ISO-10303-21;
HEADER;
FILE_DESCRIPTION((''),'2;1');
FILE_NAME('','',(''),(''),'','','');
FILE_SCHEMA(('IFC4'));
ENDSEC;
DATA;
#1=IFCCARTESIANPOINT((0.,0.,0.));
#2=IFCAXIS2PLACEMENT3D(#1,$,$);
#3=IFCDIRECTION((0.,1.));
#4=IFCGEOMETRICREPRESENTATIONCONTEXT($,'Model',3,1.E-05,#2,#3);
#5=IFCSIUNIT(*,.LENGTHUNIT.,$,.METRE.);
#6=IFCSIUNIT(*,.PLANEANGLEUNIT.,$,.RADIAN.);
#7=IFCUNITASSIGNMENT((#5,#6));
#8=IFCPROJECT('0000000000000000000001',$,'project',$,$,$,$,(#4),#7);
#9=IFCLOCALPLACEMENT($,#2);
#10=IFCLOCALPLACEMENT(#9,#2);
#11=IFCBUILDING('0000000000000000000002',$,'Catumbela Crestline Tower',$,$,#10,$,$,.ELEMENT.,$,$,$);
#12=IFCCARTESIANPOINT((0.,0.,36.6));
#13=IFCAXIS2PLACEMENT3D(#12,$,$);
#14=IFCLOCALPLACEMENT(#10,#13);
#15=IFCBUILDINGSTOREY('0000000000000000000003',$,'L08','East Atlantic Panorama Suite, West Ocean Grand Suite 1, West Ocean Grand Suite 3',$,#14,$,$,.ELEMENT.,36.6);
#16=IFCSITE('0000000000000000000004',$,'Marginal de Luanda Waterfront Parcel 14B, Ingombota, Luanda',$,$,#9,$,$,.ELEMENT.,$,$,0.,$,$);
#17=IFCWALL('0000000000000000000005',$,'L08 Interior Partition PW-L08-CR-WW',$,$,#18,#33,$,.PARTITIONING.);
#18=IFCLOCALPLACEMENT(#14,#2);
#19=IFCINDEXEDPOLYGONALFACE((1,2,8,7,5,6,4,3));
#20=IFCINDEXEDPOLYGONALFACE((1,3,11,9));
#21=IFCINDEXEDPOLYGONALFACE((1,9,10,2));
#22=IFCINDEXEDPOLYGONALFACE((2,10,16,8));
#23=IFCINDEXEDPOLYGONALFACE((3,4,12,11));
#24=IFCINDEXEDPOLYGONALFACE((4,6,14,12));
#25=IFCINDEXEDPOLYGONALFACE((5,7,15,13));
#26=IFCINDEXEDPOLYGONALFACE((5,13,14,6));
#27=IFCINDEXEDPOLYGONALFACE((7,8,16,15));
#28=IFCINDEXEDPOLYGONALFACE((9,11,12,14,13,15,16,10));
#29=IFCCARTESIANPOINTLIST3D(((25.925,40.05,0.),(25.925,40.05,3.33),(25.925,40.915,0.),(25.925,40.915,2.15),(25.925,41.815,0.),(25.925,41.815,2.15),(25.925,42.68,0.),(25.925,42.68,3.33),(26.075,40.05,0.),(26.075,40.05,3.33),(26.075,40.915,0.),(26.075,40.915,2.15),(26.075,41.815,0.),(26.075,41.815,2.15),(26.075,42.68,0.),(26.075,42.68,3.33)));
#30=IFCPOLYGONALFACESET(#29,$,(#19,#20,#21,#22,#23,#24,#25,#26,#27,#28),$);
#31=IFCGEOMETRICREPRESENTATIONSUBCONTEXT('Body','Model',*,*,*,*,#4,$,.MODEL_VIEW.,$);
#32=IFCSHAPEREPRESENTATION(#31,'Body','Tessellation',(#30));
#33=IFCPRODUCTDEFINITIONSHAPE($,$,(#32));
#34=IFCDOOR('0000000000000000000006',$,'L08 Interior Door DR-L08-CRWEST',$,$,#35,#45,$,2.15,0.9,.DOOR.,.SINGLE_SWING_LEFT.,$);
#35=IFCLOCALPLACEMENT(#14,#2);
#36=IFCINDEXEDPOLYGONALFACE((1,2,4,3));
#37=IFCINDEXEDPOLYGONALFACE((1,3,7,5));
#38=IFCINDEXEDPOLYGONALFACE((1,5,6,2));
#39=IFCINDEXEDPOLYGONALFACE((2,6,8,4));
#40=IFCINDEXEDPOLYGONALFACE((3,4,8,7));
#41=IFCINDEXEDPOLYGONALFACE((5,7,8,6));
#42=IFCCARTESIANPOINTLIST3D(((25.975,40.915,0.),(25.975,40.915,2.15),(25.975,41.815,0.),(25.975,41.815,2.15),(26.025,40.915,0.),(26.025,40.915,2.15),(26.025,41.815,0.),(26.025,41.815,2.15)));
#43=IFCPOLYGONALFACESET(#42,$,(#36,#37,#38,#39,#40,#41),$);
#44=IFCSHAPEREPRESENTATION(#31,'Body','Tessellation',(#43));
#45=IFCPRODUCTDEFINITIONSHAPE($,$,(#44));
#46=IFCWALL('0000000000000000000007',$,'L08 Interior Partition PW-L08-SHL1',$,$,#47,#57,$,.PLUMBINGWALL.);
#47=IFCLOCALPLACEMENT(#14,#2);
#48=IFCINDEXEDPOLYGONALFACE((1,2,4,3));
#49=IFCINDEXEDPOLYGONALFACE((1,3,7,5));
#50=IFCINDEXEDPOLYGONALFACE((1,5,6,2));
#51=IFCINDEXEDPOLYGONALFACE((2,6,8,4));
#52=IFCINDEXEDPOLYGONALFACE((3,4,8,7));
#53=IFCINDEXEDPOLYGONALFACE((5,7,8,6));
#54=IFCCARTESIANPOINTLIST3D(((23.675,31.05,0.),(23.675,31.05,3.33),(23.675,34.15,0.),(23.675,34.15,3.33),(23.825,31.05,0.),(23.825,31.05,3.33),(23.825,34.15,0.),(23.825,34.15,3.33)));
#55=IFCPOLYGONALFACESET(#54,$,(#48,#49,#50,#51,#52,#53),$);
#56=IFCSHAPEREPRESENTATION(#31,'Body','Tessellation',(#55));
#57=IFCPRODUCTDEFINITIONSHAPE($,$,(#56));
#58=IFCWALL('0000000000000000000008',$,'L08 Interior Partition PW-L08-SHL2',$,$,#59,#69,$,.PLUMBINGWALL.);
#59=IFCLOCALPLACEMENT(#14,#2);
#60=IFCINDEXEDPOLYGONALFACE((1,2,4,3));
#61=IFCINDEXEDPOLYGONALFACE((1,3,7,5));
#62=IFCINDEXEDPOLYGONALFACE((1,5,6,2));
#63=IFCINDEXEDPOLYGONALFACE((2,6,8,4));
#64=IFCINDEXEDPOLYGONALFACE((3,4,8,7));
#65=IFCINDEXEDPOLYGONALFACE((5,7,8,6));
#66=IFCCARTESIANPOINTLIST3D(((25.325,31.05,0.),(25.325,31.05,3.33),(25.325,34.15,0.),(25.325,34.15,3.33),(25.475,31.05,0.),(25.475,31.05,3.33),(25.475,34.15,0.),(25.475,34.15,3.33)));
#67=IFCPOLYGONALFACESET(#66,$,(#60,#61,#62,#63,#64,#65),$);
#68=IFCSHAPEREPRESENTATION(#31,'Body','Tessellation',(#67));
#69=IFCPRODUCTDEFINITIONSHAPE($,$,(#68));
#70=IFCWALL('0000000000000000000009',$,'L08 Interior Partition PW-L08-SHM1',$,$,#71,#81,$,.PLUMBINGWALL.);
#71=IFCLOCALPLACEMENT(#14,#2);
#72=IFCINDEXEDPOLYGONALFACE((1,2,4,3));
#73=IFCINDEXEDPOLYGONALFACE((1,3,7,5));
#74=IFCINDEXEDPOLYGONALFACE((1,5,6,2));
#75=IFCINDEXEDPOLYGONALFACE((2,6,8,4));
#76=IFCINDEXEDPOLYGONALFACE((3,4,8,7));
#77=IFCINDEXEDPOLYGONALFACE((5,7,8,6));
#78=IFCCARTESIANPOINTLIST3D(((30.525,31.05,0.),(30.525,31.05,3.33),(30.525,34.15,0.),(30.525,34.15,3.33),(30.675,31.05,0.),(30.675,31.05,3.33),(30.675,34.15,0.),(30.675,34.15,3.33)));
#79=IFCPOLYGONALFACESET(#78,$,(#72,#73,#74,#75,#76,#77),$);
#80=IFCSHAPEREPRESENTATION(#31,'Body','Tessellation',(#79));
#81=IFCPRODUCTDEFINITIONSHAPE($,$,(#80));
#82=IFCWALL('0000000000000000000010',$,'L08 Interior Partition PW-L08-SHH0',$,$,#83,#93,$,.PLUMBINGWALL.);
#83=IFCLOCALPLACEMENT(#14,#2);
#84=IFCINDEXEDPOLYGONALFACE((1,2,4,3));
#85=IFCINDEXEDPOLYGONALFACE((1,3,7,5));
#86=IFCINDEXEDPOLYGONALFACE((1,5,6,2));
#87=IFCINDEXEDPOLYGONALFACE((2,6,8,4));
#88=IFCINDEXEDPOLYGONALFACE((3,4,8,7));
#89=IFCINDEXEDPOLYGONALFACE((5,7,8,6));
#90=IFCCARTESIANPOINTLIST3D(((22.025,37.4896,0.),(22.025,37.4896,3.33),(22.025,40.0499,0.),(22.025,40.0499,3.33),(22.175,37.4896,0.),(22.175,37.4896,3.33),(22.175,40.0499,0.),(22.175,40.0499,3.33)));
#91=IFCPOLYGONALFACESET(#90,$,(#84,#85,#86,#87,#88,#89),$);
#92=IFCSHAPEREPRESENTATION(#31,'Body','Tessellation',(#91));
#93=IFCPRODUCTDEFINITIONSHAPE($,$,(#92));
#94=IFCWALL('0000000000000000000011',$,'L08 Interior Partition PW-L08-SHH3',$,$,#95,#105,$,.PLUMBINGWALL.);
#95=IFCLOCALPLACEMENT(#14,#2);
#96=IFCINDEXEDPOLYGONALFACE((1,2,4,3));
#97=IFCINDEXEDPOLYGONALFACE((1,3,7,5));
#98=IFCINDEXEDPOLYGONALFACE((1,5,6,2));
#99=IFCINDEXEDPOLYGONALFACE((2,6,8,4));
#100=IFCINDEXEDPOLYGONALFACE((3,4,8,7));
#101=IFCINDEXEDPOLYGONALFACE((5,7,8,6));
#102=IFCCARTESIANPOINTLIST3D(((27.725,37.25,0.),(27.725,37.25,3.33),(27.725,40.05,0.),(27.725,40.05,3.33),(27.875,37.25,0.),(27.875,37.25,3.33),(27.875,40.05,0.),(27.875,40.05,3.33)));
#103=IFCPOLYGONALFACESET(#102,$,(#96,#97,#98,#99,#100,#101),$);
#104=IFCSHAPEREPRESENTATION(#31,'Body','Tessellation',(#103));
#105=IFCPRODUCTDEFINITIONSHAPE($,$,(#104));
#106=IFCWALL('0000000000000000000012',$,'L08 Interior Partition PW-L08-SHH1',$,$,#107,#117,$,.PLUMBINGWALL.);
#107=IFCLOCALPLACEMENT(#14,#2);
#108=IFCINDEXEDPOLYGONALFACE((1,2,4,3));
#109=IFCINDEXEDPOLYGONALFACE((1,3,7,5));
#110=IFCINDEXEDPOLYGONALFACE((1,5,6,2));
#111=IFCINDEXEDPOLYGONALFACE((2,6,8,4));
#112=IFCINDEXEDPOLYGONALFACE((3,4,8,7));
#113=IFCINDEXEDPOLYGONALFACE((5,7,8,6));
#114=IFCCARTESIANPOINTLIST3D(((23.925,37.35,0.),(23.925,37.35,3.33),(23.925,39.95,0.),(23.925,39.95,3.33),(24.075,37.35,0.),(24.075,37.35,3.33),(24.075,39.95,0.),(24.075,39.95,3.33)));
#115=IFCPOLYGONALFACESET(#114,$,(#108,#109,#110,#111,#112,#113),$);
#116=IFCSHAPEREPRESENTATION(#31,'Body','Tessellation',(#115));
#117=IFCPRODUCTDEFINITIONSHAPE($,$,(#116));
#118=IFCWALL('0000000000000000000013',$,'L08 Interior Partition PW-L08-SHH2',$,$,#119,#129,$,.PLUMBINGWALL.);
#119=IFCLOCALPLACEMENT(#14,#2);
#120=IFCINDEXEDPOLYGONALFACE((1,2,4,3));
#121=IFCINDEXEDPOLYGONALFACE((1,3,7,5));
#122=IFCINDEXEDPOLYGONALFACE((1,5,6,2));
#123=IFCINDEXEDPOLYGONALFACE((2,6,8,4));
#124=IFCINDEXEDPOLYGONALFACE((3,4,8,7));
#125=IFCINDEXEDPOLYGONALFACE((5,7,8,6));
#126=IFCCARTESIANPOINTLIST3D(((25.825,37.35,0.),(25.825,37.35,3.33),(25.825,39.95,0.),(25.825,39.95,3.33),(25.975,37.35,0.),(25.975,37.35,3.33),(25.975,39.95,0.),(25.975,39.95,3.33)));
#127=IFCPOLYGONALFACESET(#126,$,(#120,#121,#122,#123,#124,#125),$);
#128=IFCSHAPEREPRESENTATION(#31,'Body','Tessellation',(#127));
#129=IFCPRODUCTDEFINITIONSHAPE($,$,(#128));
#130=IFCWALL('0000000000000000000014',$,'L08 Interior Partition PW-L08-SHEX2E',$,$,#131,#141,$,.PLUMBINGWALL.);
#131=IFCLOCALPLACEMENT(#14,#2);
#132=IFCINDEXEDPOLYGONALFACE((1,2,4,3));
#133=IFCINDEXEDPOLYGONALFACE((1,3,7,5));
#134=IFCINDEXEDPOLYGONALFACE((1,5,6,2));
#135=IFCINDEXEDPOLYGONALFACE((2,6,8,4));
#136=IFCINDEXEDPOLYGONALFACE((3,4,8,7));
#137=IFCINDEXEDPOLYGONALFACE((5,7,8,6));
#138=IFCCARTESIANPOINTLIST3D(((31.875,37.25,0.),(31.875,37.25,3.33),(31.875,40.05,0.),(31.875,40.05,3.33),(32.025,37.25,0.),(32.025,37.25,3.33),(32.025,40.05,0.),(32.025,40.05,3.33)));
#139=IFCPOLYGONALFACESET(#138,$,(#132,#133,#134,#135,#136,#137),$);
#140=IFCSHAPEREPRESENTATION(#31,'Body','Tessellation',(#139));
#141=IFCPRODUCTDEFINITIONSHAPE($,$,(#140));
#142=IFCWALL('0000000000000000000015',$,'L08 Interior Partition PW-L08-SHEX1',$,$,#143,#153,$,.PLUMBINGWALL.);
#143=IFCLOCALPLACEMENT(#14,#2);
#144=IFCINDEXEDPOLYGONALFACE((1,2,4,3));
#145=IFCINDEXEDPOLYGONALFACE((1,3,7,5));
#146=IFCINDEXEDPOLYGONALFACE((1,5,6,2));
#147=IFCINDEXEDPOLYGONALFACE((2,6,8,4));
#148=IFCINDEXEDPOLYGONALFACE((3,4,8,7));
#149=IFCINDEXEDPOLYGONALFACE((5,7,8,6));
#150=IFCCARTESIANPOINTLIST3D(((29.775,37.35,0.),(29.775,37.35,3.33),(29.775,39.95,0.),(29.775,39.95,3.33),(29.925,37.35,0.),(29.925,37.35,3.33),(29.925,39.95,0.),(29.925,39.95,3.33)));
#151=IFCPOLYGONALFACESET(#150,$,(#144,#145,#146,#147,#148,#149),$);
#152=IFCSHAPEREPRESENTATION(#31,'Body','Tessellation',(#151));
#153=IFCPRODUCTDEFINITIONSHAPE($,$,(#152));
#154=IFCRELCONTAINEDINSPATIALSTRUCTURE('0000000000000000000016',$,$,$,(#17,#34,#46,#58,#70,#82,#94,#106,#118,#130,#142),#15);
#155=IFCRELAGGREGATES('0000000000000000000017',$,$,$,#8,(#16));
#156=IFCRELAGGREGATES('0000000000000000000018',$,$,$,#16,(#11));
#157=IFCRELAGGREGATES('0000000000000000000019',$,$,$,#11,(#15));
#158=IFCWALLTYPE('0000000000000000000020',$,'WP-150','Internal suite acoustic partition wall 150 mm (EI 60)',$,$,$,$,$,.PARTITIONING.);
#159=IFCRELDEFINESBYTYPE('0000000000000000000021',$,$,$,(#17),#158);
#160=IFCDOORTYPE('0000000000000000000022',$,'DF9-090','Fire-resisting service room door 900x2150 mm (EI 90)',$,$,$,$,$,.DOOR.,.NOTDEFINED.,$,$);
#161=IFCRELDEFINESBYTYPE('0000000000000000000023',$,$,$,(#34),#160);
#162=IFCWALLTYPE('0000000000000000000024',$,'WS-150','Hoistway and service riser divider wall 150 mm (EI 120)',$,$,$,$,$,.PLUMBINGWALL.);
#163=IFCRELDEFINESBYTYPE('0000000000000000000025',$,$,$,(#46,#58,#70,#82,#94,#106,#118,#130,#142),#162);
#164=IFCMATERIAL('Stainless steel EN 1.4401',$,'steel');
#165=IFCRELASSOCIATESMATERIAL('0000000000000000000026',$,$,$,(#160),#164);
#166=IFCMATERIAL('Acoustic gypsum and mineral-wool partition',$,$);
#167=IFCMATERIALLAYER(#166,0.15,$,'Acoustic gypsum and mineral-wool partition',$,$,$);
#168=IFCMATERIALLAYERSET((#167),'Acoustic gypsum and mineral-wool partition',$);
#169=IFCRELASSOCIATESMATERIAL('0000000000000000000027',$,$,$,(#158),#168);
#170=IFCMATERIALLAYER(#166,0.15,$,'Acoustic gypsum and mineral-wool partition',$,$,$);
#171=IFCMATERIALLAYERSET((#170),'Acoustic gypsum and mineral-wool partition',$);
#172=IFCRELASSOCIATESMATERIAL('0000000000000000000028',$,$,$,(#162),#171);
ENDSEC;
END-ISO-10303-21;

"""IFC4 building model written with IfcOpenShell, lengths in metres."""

from ifc_helpers import new_model, si_unit, direction, frame, frame_2d, origin, place, context, subcontext, project, spatial, rectangle, extrude, material, layer, layer_set, type_object, element, fill, save


model = new_model("IFC4")

# Units and contexts
model_context = context("Model", 3, precision=1e-05, world=origin(), true_north=direction((0.0, 1.0)))
body_context = subcontext(model_context, "Body", "Model", "MODEL_VIEW")
ifc_project = project(units=[si_unit("LENGTHUNIT", "METRE"), si_unit("PLANEANGLEUNIT", "RADIAN")], contexts=[model_context])

# Site, building, storey
site_placement = place(None, origin())
site = spatial("IfcSite", under=ifc_project, at=site_placement, Name="Marginal de Luanda Waterfront Parcel 14B, Ingombota, Luanda", CompositionType="ELEMENT", RefElevation=0.0)
building_placement = place(site_placement, origin())
building = spatial("IfcBuilding", under=site, at=building_placement, Name="Catumbela Crestline Tower", CompositionType="ELEMENT")
storey_placement = place(building_placement, frame((0.0, 0.0, 36.6)))
storey = spatial("IfcBuildingStorey", under=building, at=storey_placement, Name="L08", Description="East Atlantic Panorama Suite, West Ocean Grand Suite 1, West Ocean Grand Suite 3", CompositionType="ELEMENT", Elevation=36.6)

# Shared definitions
ifc_material_1 = material(Name="Stainless steel EN 1.4401", Category="steel")

# Shared definitions
door_type_1 = type_object("IfcDoorType", Name="DF9-090", Description="Fire-resisting service room door 900x2150 mm (EI 90)", OperationType="NOTDEFINED", PredefinedType="DOOR", material=ifc_material_1)

# Wall, opening, door
ifc_material_2 = material(Name="Acoustic gypsum and mineral-wool partition")
ifc_layer_1 = layer(ifc_material_2, 0.15, Name="Acoustic gypsum and mineral-wool partition")
ifc_layer_set_1 = layer_set([ifc_layer_1], Name="Acoustic gypsum and mineral-wool partition")
wall_type_1 = type_object("IfcWallType", Name="WP-150", Description="Internal suite acoustic partition wall 150 mm (EI 60)", PredefinedType="PARTITIONING", material=ifc_layer_set_1)
wall_1_placement = place(storey_placement, frame((26.0, 40.05, 0.0), z_axis=(0.0, 0.0, 1.0), x_axis=(0.0, 1.0, 0.0)))
wall_1 = element("IfcWall", 1, at=wall_1_placement, inside=storey, type_object=wall_type_1, Name="L08 Interior Partition PW-L08-CR-WW", PredefinedType="PARTITIONING", context=body_context, shape_type="SweptSolid", body=[
    extrude(rectangle(XDim=2.63, YDim=0.15, at=frame_2d((1.315, 0.0))), origin(), (0.0, 0.0, 1.0), 3.33),
])
opening_1_placement = place(wall_1_placement, frame((0.865, 0.0, 0.0)))
opening_1 = element("IfcOpeningElement", 2, at=opening_1_placement, cuts=wall_1, PredefinedType="OPENING", context=body_context, shape_type="SweptSolid", body=[
    extrude(rectangle(XDim=0.9, YDim=2.15, at=frame_2d((0.45, 1.075))), frame((0.0, 0.085, 0.0), z_axis=(0.0, -1.0, 0.0), x_axis=(1.0, 0.0, 0.0)), (0.0, 0.0, 1.0), 0.17),
])
door_1_placement = place(opening_1_placement, origin())
door_1 = element("IfcDoor", 3, at=door_1_placement, inside=storey, type_object=door_type_1, Name="L08 Interior Door DR-L08-CRWEST", OperationType="SINGLE_SWING_LEFT", OverallHeight=2.15, OverallWidth=0.9, PredefinedType="DOOR", context=body_context, shape_type="SweptSolid", body=[
    extrude(rectangle(XDim=0.9, YDim=2.15, at=frame_2d((0.45, 1.075))), frame((0.0, 0.025, 0.0), z_axis=(0.0, -1.0, 0.0), x_axis=(1.0, 0.0, 0.0)), (0.0, 0.0, 1.0), 0.05),
])
fill(opening_1, door_1)

# Walls
ifc_layer_2 = layer(ifc_material_2, 0.15, Name="Acoustic gypsum and mineral-wool partition")
ifc_layer_set_2 = layer_set([ifc_layer_2], Name="Acoustic gypsum and mineral-wool partition")
wall_type_2 = type_object("IfcWallType", Name="WS-150", Description="Hoistway and service riser divider wall 150 mm (EI 120)", PredefinedType="PLUMBINGWALL", material=ifc_layer_set_2)
for number, where, z_axis, x_axis, name in (
    (4, (23.75, 31.05, 0.0), (0.0, 0.0, 1.0), (0.0, 1.0, 0.0), "L08 Interior Partition PW-L08-SHL1"),
    (5, (25.4, 31.05, 0.0), (0.0, 0.0, 1.0), (0.0, 1.0, 0.0), "L08 Interior Partition PW-L08-SHL2"),
    (6, (30.6, 31.05, 0.0), (0.0, 0.0, 1.0), (0.0, 1.0, 0.0), "L08 Interior Partition PW-L08-SHM1"),
):
    element("IfcWall", number, at=place(storey_placement, frame(where, z_axis=z_axis, x_axis=x_axis)), inside=storey, type_object=wall_type_2, Name=name, PredefinedType="PLUMBINGWALL", context=body_context, shape_type="SweptSolid", body=[
        extrude(rectangle(XDim=3.1, YDim=0.15, at=frame_2d((1.55, 0.0))), origin(), (0.0, 0.0, 1.0), 3.33),
    ])
wall_2_placement = place(storey_placement, frame((22.1, 37.4897, 0.0), z_axis=(0.0, 0.0, 1.0), x_axis=(0.0, 1.0, 0.0)))
element("IfcWall", 7, at=wall_2_placement, inside=storey, type_object=wall_type_2, Name="L08 Interior Partition PW-L08-SHH0", PredefinedType="PLUMBINGWALL", context=body_context, shape_type="SweptSolid", body=[
    extrude(rectangle(XDim=2.5603, YDim=0.15, at=frame_2d((1.2801, 0.0))), origin(), (0.0, 0.0, 1.0), 3.33),
])
wall_3_placement = place(storey_placement, frame((27.8, 37.25, 0.0), z_axis=(0.0, 0.0, 1.0), x_axis=(0.0, 1.0, 0.0)))
element("IfcWall", 8, at=wall_3_placement, inside=storey, type_object=wall_type_2, Name="L08 Interior Partition PW-L08-SHH3", PredefinedType="PLUMBINGWALL", context=body_context, shape_type="SweptSolid", body=[
    extrude(rectangle(XDim=2.8, YDim=0.15, at=frame_2d((1.4, 0.0))), origin(), (0.0, 0.0, 1.0), 3.33),
])
for number, where, z_axis, x_axis, name in (
    (9, (24.0, 37.35, 0.0), (0.0, 0.0, 1.0), (0.0, 1.0, 0.0), "L08 Interior Partition PW-L08-SHH1"),
    (10, (25.9, 37.35, 0.0), (0.0, 0.0, 1.0), (0.0, 1.0, 0.0), "L08 Interior Partition PW-L08-SHH2"),
):
    element("IfcWall", number, at=place(storey_placement, frame(where, z_axis=z_axis, x_axis=x_axis)), inside=storey, type_object=wall_type_2, Name=name, PredefinedType="PLUMBINGWALL", context=body_context, shape_type="SweptSolid", body=[
        extrude(rectangle(XDim=2.6, YDim=0.15, at=frame_2d((1.3, 0.0))), origin(), (0.0, 0.0, 1.0), 3.33),
    ])
wall_4_placement = place(storey_placement, frame((31.95, 37.25, 0.0), z_axis=(0.0, 0.0, 1.0), x_axis=(0.0, 1.0, 0.0)))
element("IfcWall", 11, at=wall_4_placement, inside=storey, type_object=wall_type_2, Name="L08 Interior Partition PW-L08-SHEX2E", PredefinedType="PLUMBINGWALL", context=body_context, shape_type="SweptSolid", body=[
    extrude(rectangle(XDim=2.8, YDim=0.15, at=frame_2d((1.4, 0.0))), origin(), (0.0, 0.0, 1.0), 3.33),
])
wall_5_placement = place(storey_placement, frame((29.85, 37.35, 0.0), z_axis=(0.0, 0.0, 1.0), x_axis=(0.0, 1.0, 0.0)))
element("IfcWall", 12, at=wall_5_placement, inside=storey, type_object=wall_type_2, Name="L08 Interior Partition PW-L08-SHEX1", PredefinedType="PLUMBINGWALL", context=body_context, shape_type="SweptSolid", body=[
    extrude(rectangle(XDim=2.6, YDim=0.15, at=frame_2d((1.3, 0.0))), origin(), (0.0, 0.0, 1.0), 3.33),
])

save(model, "model.ifc")
